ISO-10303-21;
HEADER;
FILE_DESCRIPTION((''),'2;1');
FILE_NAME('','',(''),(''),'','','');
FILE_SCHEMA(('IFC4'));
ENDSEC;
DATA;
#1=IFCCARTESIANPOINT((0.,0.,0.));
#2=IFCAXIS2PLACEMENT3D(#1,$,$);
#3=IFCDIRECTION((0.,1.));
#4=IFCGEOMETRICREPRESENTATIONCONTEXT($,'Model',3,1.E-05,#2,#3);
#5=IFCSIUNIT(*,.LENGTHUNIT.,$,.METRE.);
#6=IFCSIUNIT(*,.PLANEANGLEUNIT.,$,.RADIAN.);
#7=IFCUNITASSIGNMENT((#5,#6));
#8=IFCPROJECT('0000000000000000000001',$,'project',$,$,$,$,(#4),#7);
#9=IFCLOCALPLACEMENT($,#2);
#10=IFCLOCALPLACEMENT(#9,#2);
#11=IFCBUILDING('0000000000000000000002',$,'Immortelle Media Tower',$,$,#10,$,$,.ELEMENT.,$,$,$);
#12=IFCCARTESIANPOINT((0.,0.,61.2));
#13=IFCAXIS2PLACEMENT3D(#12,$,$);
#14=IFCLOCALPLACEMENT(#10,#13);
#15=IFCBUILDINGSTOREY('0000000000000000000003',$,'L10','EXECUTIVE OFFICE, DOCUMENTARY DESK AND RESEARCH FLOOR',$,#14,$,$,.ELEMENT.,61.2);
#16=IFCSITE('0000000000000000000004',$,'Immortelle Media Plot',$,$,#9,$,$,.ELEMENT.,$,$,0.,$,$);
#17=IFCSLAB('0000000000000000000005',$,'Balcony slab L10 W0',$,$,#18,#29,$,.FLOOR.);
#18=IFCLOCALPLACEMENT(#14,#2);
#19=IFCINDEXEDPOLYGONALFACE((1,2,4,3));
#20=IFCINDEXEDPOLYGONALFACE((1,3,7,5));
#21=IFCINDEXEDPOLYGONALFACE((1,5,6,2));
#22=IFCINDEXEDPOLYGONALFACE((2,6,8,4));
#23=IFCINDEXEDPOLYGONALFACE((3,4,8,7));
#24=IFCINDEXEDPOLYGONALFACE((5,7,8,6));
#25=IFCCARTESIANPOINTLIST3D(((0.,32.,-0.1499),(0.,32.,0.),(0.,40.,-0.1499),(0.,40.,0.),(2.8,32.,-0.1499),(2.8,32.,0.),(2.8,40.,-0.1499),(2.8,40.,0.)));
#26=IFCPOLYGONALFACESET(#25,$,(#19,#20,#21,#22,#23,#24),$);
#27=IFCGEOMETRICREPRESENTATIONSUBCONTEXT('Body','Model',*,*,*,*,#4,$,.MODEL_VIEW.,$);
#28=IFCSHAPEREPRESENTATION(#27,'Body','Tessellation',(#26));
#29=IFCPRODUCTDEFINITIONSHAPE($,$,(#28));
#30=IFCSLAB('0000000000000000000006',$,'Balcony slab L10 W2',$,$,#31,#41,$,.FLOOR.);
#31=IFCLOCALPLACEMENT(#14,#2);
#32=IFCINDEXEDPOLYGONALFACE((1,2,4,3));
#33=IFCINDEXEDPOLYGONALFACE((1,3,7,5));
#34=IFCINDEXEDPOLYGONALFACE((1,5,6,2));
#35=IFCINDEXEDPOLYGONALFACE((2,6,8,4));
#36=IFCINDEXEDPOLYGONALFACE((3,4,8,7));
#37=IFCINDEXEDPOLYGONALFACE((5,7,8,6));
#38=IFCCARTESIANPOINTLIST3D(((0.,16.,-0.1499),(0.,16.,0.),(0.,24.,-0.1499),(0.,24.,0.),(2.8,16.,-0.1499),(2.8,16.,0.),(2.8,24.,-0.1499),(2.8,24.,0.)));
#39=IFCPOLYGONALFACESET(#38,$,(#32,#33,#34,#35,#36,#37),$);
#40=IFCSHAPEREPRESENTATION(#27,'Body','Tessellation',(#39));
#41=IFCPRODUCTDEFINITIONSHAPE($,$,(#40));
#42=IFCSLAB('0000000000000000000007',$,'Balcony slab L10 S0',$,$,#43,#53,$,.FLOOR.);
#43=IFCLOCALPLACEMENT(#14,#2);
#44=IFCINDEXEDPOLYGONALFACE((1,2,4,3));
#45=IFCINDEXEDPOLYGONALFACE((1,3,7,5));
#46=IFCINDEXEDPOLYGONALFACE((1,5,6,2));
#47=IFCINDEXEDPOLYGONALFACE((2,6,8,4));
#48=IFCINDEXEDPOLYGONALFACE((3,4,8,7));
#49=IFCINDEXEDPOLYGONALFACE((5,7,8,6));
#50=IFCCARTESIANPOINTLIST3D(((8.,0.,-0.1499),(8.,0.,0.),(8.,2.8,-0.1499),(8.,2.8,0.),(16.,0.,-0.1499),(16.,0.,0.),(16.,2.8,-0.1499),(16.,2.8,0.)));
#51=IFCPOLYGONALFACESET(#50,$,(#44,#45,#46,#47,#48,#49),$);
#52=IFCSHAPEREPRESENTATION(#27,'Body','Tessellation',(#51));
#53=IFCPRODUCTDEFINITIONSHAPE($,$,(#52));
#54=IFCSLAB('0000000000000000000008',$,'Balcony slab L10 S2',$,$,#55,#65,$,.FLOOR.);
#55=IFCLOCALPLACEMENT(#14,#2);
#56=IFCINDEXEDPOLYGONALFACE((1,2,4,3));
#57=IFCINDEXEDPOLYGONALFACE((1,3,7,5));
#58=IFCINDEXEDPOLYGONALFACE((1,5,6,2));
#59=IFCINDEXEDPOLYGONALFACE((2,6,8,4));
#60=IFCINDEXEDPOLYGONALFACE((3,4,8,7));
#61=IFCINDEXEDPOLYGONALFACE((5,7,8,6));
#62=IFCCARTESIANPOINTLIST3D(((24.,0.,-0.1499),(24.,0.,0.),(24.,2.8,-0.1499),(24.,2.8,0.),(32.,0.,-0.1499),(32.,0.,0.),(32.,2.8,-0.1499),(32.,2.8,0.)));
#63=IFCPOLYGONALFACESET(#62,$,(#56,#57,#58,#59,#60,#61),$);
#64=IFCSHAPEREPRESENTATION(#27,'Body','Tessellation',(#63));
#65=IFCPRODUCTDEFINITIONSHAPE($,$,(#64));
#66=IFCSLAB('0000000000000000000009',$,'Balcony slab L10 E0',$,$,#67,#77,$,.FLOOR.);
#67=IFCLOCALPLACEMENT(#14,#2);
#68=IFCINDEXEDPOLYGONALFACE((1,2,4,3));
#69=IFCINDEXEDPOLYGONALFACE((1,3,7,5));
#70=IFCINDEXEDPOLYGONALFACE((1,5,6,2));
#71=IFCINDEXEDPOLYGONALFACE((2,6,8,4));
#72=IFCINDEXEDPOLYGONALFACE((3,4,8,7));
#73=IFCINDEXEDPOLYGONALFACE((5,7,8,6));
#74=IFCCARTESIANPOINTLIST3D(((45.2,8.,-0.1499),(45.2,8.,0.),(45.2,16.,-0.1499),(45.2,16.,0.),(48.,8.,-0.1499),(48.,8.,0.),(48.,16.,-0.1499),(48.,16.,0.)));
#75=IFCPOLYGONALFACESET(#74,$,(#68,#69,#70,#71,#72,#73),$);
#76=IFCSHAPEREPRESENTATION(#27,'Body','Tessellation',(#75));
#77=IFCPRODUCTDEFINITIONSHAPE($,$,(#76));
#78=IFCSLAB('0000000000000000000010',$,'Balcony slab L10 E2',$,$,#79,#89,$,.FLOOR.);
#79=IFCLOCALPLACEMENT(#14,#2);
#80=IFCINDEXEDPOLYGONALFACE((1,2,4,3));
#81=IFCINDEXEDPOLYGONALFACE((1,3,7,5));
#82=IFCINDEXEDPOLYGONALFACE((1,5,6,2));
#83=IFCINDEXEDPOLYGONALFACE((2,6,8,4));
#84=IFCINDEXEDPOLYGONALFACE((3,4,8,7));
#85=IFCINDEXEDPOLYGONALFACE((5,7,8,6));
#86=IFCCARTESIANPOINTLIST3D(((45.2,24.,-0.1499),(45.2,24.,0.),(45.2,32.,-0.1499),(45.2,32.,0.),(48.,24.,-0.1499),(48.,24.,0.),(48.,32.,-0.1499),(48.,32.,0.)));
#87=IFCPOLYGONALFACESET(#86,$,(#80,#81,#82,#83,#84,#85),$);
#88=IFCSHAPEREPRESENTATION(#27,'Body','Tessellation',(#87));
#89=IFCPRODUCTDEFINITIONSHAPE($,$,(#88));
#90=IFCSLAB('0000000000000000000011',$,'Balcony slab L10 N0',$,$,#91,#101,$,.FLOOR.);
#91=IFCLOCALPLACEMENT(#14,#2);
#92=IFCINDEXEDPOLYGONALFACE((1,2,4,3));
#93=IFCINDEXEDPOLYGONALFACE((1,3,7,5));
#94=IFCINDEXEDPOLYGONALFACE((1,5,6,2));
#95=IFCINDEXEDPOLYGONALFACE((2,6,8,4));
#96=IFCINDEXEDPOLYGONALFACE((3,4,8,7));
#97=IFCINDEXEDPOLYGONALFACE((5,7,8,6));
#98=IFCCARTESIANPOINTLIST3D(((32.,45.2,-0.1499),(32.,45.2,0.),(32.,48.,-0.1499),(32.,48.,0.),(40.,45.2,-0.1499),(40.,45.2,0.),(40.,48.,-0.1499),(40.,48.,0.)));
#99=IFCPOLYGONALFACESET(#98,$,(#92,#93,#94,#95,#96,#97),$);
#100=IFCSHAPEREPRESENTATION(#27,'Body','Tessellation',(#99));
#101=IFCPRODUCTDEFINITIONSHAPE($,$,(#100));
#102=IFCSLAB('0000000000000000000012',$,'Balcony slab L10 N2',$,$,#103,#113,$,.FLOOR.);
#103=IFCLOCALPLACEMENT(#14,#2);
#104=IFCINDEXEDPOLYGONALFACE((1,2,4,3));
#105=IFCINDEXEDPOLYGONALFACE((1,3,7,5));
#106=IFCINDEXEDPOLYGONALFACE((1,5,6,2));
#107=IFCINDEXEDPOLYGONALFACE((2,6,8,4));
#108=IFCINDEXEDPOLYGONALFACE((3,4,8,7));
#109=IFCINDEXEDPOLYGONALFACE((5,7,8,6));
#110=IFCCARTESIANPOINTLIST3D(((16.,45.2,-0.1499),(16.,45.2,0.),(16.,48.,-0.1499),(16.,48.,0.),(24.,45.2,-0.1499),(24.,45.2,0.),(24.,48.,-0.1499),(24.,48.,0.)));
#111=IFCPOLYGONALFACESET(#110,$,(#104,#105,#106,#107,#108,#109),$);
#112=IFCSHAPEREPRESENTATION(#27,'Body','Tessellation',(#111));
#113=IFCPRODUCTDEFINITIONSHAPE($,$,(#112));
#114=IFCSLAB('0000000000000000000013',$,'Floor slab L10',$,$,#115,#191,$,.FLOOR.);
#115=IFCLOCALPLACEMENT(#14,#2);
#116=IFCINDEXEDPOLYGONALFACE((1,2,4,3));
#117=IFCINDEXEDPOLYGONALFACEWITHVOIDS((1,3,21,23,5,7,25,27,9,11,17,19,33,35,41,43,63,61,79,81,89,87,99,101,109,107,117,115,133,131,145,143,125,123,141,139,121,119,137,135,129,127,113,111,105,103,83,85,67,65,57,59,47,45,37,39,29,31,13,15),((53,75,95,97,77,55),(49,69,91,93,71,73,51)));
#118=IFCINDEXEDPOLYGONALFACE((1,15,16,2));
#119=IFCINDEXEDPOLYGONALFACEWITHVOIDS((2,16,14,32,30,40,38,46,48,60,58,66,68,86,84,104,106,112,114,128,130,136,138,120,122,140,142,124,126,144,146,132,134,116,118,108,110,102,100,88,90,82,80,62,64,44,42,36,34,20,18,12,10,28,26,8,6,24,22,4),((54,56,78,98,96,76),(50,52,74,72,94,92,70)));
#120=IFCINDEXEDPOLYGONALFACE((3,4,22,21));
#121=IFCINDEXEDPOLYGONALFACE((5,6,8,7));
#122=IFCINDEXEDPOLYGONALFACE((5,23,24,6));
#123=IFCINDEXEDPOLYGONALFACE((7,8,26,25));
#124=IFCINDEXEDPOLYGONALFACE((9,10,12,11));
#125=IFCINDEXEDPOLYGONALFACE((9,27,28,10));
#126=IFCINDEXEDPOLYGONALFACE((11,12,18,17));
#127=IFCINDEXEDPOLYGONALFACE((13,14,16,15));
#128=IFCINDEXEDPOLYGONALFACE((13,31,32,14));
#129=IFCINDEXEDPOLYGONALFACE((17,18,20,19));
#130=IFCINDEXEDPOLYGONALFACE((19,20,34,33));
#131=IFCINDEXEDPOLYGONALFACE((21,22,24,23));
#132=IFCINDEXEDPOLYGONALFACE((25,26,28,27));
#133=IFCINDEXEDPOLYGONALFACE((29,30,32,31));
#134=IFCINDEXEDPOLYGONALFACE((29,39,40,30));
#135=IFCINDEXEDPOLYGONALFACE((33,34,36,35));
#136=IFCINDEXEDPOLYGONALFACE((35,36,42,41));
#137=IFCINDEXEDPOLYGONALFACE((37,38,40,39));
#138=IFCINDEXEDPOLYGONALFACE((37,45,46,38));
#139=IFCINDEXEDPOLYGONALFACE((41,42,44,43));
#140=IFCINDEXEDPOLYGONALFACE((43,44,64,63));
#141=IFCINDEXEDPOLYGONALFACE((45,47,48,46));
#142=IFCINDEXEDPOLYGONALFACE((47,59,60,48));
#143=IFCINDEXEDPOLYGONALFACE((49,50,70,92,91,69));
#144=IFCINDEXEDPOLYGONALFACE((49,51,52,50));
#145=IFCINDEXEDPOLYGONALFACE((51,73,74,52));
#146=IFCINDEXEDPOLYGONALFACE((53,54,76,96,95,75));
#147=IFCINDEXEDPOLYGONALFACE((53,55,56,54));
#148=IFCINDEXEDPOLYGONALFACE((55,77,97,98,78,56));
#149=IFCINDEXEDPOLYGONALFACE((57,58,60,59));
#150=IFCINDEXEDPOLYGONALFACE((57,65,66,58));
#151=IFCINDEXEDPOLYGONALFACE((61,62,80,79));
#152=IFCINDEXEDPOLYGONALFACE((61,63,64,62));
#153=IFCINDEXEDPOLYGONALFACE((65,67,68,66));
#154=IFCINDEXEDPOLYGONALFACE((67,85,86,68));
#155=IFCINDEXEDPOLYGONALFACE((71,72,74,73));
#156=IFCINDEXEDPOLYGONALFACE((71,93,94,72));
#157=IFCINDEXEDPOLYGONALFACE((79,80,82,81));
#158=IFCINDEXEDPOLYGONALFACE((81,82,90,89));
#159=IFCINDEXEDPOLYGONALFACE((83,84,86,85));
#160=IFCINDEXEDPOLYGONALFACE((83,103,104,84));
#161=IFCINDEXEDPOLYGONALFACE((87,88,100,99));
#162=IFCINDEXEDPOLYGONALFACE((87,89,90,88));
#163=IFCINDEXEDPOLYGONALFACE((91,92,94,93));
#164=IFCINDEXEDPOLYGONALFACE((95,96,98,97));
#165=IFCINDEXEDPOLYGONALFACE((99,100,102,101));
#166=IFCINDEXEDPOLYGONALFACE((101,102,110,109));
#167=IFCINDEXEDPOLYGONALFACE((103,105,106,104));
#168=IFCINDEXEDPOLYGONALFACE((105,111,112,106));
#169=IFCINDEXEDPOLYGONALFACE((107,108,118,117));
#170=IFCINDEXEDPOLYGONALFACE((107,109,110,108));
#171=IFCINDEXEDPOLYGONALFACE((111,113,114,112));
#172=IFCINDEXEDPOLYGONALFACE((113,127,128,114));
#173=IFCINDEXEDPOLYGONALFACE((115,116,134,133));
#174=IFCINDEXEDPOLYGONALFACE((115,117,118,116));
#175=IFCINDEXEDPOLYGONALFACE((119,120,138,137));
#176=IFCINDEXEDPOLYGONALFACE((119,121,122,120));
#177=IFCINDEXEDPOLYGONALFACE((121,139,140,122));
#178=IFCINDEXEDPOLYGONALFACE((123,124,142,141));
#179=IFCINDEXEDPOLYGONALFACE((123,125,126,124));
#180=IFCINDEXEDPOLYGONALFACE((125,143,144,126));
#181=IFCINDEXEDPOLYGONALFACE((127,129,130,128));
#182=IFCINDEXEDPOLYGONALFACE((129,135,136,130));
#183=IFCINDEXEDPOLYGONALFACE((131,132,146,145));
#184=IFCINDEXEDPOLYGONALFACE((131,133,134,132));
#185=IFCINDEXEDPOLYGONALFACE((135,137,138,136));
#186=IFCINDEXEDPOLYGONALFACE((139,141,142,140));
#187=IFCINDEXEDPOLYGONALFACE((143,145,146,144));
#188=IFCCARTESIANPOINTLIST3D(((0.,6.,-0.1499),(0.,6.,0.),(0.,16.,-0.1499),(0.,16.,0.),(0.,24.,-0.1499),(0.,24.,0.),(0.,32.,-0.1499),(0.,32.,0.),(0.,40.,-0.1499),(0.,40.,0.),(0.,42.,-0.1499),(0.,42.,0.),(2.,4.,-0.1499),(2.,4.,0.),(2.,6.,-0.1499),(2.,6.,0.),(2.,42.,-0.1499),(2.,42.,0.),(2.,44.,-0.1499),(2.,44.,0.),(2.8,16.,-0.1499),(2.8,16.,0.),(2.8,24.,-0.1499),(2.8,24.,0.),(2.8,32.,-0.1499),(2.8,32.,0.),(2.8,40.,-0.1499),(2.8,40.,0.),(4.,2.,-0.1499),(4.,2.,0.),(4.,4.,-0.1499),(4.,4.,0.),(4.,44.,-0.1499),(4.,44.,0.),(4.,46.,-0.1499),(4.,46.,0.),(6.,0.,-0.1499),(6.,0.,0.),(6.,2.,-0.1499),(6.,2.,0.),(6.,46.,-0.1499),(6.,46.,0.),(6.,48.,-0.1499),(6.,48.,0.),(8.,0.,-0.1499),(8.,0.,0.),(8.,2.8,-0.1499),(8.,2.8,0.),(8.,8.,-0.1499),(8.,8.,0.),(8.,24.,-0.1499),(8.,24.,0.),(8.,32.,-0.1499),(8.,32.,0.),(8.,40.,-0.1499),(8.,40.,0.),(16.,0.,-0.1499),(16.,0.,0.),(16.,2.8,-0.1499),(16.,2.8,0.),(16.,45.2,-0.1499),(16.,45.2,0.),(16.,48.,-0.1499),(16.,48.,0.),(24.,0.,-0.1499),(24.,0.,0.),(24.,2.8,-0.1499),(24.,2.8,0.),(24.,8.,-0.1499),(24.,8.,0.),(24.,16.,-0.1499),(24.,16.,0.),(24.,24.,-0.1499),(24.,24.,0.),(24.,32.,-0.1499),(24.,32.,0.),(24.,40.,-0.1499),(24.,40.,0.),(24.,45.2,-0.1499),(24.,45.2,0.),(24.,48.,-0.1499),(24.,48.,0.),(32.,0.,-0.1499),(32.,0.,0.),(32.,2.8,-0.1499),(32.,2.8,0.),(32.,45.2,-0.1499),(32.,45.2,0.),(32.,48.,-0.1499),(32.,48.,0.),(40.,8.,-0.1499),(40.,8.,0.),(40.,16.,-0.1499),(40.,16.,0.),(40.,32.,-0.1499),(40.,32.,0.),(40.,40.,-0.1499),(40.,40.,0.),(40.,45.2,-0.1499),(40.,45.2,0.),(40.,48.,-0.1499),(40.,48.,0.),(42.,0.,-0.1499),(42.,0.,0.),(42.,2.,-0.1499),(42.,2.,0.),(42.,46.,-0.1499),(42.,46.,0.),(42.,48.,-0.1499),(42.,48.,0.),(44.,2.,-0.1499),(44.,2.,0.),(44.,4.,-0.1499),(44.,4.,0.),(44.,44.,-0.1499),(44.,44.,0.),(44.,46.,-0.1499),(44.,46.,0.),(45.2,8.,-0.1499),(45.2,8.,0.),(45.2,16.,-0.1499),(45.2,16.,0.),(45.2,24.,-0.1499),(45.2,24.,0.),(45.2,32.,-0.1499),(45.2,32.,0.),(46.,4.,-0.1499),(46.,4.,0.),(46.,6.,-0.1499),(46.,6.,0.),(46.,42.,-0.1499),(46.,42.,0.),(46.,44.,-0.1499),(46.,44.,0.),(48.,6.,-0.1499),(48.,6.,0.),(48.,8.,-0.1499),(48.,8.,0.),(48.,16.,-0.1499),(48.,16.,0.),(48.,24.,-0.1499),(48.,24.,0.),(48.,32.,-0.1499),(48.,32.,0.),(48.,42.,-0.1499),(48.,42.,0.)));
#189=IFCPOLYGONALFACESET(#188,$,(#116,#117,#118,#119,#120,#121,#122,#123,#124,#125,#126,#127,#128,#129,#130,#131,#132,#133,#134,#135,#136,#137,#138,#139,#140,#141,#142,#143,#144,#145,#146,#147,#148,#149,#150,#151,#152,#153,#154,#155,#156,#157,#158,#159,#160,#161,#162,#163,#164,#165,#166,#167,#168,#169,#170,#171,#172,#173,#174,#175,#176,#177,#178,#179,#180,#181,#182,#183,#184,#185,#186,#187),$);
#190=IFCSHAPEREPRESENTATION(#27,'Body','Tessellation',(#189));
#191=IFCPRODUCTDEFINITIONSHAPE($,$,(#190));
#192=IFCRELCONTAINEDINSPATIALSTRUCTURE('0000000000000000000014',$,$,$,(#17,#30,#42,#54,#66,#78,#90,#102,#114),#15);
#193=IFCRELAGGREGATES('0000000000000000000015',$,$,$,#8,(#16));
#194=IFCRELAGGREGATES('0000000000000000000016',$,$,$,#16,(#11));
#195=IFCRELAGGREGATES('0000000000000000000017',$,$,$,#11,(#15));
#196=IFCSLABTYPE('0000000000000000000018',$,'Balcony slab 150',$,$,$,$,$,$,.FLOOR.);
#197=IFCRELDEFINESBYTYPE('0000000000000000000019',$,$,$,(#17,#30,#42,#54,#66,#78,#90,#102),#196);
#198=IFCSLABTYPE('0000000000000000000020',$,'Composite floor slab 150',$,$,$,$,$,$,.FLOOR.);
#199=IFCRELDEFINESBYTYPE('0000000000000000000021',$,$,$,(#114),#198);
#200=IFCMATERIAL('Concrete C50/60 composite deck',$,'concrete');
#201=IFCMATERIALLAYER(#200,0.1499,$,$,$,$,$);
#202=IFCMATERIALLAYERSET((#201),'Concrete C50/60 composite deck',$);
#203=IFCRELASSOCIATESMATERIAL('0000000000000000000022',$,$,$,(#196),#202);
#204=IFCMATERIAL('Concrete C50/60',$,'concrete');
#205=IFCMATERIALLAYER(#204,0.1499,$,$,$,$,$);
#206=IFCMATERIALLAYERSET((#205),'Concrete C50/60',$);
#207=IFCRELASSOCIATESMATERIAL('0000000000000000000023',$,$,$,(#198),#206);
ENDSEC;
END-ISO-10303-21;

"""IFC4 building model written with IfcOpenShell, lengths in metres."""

from ifc_helpers import new_model, si_unit, direction, frame, origin, place, context, subcontext, project, spatial, polyline, outline, extrude, material, layer, layer_set, type_object, element, save


model = new_model("IFC4")

# Units and contexts
model_context = context("Model", 3, precision=1e-05, world=origin(), true_north=direction((0.0, 1.0)))
body_context = subcontext(model_context, "Body", "Model", "MODEL_VIEW")
ifc_project = project(units=[si_unit("LENGTHUNIT", "METRE"), si_unit("PLANEANGLEUNIT", "RADIAN")], contexts=[model_context])

# Site, building, storey
site_placement = place(None, origin())
site = spatial("IfcSite", under=ifc_project, at=site_placement, Name="Immortelle Media Plot", CompositionType="ELEMENT", RefElevation=0.0)
building_placement = place(site_placement, origin())
building = spatial("IfcBuilding", under=site, at=building_placement, Name="Immortelle Media Tower", CompositionType="ELEMENT")
storey_placement = place(building_placement, frame((0.0, 0.0, 61.2)))
storey = spatial("IfcBuildingStorey", under=building, at=storey_placement, Name="L10", Description="EXECUTIVE OFFICE, DOCUMENTARY DESK AND RESEARCH FLOOR", CompositionType="ELEMENT", Elevation=61.2)

# Slabs
ifc_material_1 = material(Name="Concrete C50/60 composite deck", Category="concrete")
ifc_layer_1 = layer(ifc_material_1, 0.1499)
ifc_layer_set_1 = layer_set([ifc_layer_1], Name="Concrete C50/60 composite deck")
slab_type_1 = type_object("IfcSlabType", Name="Balcony slab 150", PredefinedType="FLOOR", material=ifc_layer_set_1)
slab_1_placement = place(storey_placement, frame((0.0, 0.0, -0.1499)))
element("IfcSlab", 1, at=slab_1_placement, inside=storey, type_object=slab_type_1, Name="Balcony slab L10 W0", PredefinedType="FLOOR", context=body_context, shape_type="SweptSolid", body=[
    extrude(outline(polyline([(2.8, 32.0), (2.8, 40.0), (0.0, 40.0), (0.0, 32.0), (2.8, 32.0)])), origin(), (0.0, 0.0, 1.0), 0.1499),
])
slab_2_placement = place(storey_placement, frame((0.0, 0.0, -0.1499)))
element("IfcSlab", 2, at=slab_2_placement, inside=storey, type_object=slab_type_1, Name="Balcony slab L10 W2", PredefinedType="FLOOR", context=body_context, shape_type="SweptSolid", body=[
    extrude(outline(polyline([(2.8, 16.0), (2.8, 24.0), (0.0, 24.0), (0.0, 16.0), (2.8, 16.0)])), origin(), (0.0, 0.0, 1.0), 0.1499),
])
slab_3_placement = place(storey_placement, frame((0.0, 0.0, -0.1499)))
element("IfcSlab", 3, at=slab_3_placement, inside=storey, type_object=slab_type_1, Name="Balcony slab L10 S0", PredefinedType="FLOOR", context=body_context, shape_type="SweptSolid", body=[
    extrude(outline(polyline([(16.0, 0.0), (16.0, 2.8), (8.0, 2.8), (8.0, 0.0), (16.0, 0.0)])), origin(), (0.0, 0.0, 1.0), 0.1499),
])
slab_4_placement = place(storey_placement, frame((0.0, 0.0, -0.1499)))
element("IfcSlab", 4, at=slab_4_placement, inside=storey, type_object=slab_type_1, Name="Balcony slab L10 S2", PredefinedType="FLOOR", context=body_context, shape_type="SweptSolid", body=[
    extrude(outline(polyline([(32.0, 0.0), (32.0, 2.8), (24.0, 2.8), (24.0, 0.0), (32.0, 0.0)])), origin(), (0.0, 0.0, 1.0), 0.1499),
])
slab_5_placement = place(storey_placement, frame((0.0, 0.0, -0.1499)))
element("IfcSlab", 5, at=slab_5_placement, inside=storey, type_object=slab_type_1, Name="Balcony slab L10 E0", PredefinedType="FLOOR", context=body_context, shape_type="SweptSolid", body=[
    extrude(outline(polyline([(48.0, 8.0), (48.0, 16.0), (45.2, 16.0), (45.2, 8.0), (48.0, 8.0)])), origin(), (0.0, 0.0, 1.0), 0.1499),
])
slab_6_placement = place(storey_placement, frame((0.0, 0.0, -0.1499)))
element("IfcSlab", 6, at=slab_6_placement, inside=storey, type_object=slab_type_1, Name="Balcony slab L10 E2", PredefinedType="FLOOR", context=body_context, shape_type="SweptSolid", body=[
    extrude(outline(polyline([(48.0, 24.0), (48.0, 32.0), (45.2, 32.0), (45.2, 24.0), (48.0, 24.0)])), origin(), (0.0, 0.0, 1.0), 0.1499),
])
slab_7_placement = place(storey_placement, frame((0.0, 0.0, -0.1499)))
element("IfcSlab", 7, at=slab_7_placement, inside=storey, type_object=slab_type_1, Name="Balcony slab L10 N0", PredefinedType="FLOOR", context=body_context, shape_type="SweptSolid", body=[
    extrude(outline(polyline([(40.0, 45.2), (40.0, 48.0), (32.0, 48.0), (32.0, 45.2), (40.0, 45.2)])), origin(), (0.0, 0.0, 1.0), 0.1499),
])
slab_8_placement = place(storey_placement, frame((0.0, 0.0, -0.1499)))
element("IfcSlab", 8, at=slab_8_placement, inside=storey, type_object=slab_type_1, Name="Balcony slab L10 N2", PredefinedType="FLOOR", context=body_context, shape_type="SweptSolid", body=[
    extrude(outline(polyline([(24.0, 45.2), (24.0, 48.0), (16.0, 48.0), (16.0, 45.2), (24.0, 45.2)])), origin(), (0.0, 0.0, 1.0), 0.1499),
])
ifc_material_2 = material(Name="Concrete C50/60", Category="concrete")
ifc_layer_2 = layer(ifc_material_2, 0.1499)
ifc_layer_set_2 = layer_set([ifc_layer_2], Name="Concrete C50/60")
slab_type_2 = type_object("IfcSlabType", Name="Composite floor slab 150", PredefinedType="FLOOR", material=ifc_layer_set_2)
slab_9_placement = place(storey_placement, frame((0.0, 0.0, -0.1499)))
element("IfcSlab", 9, at=slab_9_placement, inside=storey, type_object=slab_type_2, Name="Floor slab L10", PredefinedType="FLOOR", context=body_context, shape_type="SweptSolid", body=[
    extrude(outline(polyline([(6.0, 0.0), (6.0, 2.0), (4.0, 2.0), (4.0, 4.0), (2.0, 4.0), (2.0, 6.0), (0.0, 6.0), (0.0, 16.0), (2.8, 16.0), (2.8, 24.0), (0.0, 24.0), (0.0, 32.0), (2.8, 32.0), (2.8, 40.0), (0.0, 40.0), (0.0, 42.0), (2.0, 42.0), (2.0, 44.0), (4.0, 44.0), (4.0, 46.0), (6.0, 46.0), (6.0, 48.0), (16.0, 48.0), (16.0, 45.2), (24.0, 45.2), (24.0, 48.0), (32.0, 48.0), (32.0, 45.2), (40.0, 45.2), (40.0, 48.0), (42.0, 48.0), (42.0, 46.0), (44.0, 46.0), (44.0, 44.0), (46.0, 44.0), (46.0, 42.0), (48.0, 42.0), (48.0, 32.0), (45.2, 32.0), (45.2, 24.0), (48.0, 24.0), (48.0, 16.0), (45.2, 16.0), (45.2, 8.0), (48.0, 8.0), (48.0, 6.0), (46.0, 6.0), (46.0, 4.0), (44.0, 4.0), (44.0, 2.0), (42.0, 2.0), (42.0, 0.0), (32.0, 0.0), (32.0, 2.8), (24.0, 2.8), (24.0, 0.0), (16.0, 0.0), (16.0, 2.8), (8.0, 2.8), (8.0, 0.0), (6.0, 0.0)]), holes=[polyline([(24.0, 24.0), (8.0, 24.0), (8.0, 8.0), (24.0, 8.0), (40.0, 8.0), (40.0, 16.0), (24.0, 16.0), (24.0, 24.0)]), polyline([(24.0, 32.0), (40.0, 32.0), (40.0, 40.0), (24.0, 40.0), (8.0, 40.0), (8.0, 32.0), (24.0, 32.0)])]), origin(), (0.0, 0.0, 1.0), 0.1499),
])

save(model, "model.ifc")
